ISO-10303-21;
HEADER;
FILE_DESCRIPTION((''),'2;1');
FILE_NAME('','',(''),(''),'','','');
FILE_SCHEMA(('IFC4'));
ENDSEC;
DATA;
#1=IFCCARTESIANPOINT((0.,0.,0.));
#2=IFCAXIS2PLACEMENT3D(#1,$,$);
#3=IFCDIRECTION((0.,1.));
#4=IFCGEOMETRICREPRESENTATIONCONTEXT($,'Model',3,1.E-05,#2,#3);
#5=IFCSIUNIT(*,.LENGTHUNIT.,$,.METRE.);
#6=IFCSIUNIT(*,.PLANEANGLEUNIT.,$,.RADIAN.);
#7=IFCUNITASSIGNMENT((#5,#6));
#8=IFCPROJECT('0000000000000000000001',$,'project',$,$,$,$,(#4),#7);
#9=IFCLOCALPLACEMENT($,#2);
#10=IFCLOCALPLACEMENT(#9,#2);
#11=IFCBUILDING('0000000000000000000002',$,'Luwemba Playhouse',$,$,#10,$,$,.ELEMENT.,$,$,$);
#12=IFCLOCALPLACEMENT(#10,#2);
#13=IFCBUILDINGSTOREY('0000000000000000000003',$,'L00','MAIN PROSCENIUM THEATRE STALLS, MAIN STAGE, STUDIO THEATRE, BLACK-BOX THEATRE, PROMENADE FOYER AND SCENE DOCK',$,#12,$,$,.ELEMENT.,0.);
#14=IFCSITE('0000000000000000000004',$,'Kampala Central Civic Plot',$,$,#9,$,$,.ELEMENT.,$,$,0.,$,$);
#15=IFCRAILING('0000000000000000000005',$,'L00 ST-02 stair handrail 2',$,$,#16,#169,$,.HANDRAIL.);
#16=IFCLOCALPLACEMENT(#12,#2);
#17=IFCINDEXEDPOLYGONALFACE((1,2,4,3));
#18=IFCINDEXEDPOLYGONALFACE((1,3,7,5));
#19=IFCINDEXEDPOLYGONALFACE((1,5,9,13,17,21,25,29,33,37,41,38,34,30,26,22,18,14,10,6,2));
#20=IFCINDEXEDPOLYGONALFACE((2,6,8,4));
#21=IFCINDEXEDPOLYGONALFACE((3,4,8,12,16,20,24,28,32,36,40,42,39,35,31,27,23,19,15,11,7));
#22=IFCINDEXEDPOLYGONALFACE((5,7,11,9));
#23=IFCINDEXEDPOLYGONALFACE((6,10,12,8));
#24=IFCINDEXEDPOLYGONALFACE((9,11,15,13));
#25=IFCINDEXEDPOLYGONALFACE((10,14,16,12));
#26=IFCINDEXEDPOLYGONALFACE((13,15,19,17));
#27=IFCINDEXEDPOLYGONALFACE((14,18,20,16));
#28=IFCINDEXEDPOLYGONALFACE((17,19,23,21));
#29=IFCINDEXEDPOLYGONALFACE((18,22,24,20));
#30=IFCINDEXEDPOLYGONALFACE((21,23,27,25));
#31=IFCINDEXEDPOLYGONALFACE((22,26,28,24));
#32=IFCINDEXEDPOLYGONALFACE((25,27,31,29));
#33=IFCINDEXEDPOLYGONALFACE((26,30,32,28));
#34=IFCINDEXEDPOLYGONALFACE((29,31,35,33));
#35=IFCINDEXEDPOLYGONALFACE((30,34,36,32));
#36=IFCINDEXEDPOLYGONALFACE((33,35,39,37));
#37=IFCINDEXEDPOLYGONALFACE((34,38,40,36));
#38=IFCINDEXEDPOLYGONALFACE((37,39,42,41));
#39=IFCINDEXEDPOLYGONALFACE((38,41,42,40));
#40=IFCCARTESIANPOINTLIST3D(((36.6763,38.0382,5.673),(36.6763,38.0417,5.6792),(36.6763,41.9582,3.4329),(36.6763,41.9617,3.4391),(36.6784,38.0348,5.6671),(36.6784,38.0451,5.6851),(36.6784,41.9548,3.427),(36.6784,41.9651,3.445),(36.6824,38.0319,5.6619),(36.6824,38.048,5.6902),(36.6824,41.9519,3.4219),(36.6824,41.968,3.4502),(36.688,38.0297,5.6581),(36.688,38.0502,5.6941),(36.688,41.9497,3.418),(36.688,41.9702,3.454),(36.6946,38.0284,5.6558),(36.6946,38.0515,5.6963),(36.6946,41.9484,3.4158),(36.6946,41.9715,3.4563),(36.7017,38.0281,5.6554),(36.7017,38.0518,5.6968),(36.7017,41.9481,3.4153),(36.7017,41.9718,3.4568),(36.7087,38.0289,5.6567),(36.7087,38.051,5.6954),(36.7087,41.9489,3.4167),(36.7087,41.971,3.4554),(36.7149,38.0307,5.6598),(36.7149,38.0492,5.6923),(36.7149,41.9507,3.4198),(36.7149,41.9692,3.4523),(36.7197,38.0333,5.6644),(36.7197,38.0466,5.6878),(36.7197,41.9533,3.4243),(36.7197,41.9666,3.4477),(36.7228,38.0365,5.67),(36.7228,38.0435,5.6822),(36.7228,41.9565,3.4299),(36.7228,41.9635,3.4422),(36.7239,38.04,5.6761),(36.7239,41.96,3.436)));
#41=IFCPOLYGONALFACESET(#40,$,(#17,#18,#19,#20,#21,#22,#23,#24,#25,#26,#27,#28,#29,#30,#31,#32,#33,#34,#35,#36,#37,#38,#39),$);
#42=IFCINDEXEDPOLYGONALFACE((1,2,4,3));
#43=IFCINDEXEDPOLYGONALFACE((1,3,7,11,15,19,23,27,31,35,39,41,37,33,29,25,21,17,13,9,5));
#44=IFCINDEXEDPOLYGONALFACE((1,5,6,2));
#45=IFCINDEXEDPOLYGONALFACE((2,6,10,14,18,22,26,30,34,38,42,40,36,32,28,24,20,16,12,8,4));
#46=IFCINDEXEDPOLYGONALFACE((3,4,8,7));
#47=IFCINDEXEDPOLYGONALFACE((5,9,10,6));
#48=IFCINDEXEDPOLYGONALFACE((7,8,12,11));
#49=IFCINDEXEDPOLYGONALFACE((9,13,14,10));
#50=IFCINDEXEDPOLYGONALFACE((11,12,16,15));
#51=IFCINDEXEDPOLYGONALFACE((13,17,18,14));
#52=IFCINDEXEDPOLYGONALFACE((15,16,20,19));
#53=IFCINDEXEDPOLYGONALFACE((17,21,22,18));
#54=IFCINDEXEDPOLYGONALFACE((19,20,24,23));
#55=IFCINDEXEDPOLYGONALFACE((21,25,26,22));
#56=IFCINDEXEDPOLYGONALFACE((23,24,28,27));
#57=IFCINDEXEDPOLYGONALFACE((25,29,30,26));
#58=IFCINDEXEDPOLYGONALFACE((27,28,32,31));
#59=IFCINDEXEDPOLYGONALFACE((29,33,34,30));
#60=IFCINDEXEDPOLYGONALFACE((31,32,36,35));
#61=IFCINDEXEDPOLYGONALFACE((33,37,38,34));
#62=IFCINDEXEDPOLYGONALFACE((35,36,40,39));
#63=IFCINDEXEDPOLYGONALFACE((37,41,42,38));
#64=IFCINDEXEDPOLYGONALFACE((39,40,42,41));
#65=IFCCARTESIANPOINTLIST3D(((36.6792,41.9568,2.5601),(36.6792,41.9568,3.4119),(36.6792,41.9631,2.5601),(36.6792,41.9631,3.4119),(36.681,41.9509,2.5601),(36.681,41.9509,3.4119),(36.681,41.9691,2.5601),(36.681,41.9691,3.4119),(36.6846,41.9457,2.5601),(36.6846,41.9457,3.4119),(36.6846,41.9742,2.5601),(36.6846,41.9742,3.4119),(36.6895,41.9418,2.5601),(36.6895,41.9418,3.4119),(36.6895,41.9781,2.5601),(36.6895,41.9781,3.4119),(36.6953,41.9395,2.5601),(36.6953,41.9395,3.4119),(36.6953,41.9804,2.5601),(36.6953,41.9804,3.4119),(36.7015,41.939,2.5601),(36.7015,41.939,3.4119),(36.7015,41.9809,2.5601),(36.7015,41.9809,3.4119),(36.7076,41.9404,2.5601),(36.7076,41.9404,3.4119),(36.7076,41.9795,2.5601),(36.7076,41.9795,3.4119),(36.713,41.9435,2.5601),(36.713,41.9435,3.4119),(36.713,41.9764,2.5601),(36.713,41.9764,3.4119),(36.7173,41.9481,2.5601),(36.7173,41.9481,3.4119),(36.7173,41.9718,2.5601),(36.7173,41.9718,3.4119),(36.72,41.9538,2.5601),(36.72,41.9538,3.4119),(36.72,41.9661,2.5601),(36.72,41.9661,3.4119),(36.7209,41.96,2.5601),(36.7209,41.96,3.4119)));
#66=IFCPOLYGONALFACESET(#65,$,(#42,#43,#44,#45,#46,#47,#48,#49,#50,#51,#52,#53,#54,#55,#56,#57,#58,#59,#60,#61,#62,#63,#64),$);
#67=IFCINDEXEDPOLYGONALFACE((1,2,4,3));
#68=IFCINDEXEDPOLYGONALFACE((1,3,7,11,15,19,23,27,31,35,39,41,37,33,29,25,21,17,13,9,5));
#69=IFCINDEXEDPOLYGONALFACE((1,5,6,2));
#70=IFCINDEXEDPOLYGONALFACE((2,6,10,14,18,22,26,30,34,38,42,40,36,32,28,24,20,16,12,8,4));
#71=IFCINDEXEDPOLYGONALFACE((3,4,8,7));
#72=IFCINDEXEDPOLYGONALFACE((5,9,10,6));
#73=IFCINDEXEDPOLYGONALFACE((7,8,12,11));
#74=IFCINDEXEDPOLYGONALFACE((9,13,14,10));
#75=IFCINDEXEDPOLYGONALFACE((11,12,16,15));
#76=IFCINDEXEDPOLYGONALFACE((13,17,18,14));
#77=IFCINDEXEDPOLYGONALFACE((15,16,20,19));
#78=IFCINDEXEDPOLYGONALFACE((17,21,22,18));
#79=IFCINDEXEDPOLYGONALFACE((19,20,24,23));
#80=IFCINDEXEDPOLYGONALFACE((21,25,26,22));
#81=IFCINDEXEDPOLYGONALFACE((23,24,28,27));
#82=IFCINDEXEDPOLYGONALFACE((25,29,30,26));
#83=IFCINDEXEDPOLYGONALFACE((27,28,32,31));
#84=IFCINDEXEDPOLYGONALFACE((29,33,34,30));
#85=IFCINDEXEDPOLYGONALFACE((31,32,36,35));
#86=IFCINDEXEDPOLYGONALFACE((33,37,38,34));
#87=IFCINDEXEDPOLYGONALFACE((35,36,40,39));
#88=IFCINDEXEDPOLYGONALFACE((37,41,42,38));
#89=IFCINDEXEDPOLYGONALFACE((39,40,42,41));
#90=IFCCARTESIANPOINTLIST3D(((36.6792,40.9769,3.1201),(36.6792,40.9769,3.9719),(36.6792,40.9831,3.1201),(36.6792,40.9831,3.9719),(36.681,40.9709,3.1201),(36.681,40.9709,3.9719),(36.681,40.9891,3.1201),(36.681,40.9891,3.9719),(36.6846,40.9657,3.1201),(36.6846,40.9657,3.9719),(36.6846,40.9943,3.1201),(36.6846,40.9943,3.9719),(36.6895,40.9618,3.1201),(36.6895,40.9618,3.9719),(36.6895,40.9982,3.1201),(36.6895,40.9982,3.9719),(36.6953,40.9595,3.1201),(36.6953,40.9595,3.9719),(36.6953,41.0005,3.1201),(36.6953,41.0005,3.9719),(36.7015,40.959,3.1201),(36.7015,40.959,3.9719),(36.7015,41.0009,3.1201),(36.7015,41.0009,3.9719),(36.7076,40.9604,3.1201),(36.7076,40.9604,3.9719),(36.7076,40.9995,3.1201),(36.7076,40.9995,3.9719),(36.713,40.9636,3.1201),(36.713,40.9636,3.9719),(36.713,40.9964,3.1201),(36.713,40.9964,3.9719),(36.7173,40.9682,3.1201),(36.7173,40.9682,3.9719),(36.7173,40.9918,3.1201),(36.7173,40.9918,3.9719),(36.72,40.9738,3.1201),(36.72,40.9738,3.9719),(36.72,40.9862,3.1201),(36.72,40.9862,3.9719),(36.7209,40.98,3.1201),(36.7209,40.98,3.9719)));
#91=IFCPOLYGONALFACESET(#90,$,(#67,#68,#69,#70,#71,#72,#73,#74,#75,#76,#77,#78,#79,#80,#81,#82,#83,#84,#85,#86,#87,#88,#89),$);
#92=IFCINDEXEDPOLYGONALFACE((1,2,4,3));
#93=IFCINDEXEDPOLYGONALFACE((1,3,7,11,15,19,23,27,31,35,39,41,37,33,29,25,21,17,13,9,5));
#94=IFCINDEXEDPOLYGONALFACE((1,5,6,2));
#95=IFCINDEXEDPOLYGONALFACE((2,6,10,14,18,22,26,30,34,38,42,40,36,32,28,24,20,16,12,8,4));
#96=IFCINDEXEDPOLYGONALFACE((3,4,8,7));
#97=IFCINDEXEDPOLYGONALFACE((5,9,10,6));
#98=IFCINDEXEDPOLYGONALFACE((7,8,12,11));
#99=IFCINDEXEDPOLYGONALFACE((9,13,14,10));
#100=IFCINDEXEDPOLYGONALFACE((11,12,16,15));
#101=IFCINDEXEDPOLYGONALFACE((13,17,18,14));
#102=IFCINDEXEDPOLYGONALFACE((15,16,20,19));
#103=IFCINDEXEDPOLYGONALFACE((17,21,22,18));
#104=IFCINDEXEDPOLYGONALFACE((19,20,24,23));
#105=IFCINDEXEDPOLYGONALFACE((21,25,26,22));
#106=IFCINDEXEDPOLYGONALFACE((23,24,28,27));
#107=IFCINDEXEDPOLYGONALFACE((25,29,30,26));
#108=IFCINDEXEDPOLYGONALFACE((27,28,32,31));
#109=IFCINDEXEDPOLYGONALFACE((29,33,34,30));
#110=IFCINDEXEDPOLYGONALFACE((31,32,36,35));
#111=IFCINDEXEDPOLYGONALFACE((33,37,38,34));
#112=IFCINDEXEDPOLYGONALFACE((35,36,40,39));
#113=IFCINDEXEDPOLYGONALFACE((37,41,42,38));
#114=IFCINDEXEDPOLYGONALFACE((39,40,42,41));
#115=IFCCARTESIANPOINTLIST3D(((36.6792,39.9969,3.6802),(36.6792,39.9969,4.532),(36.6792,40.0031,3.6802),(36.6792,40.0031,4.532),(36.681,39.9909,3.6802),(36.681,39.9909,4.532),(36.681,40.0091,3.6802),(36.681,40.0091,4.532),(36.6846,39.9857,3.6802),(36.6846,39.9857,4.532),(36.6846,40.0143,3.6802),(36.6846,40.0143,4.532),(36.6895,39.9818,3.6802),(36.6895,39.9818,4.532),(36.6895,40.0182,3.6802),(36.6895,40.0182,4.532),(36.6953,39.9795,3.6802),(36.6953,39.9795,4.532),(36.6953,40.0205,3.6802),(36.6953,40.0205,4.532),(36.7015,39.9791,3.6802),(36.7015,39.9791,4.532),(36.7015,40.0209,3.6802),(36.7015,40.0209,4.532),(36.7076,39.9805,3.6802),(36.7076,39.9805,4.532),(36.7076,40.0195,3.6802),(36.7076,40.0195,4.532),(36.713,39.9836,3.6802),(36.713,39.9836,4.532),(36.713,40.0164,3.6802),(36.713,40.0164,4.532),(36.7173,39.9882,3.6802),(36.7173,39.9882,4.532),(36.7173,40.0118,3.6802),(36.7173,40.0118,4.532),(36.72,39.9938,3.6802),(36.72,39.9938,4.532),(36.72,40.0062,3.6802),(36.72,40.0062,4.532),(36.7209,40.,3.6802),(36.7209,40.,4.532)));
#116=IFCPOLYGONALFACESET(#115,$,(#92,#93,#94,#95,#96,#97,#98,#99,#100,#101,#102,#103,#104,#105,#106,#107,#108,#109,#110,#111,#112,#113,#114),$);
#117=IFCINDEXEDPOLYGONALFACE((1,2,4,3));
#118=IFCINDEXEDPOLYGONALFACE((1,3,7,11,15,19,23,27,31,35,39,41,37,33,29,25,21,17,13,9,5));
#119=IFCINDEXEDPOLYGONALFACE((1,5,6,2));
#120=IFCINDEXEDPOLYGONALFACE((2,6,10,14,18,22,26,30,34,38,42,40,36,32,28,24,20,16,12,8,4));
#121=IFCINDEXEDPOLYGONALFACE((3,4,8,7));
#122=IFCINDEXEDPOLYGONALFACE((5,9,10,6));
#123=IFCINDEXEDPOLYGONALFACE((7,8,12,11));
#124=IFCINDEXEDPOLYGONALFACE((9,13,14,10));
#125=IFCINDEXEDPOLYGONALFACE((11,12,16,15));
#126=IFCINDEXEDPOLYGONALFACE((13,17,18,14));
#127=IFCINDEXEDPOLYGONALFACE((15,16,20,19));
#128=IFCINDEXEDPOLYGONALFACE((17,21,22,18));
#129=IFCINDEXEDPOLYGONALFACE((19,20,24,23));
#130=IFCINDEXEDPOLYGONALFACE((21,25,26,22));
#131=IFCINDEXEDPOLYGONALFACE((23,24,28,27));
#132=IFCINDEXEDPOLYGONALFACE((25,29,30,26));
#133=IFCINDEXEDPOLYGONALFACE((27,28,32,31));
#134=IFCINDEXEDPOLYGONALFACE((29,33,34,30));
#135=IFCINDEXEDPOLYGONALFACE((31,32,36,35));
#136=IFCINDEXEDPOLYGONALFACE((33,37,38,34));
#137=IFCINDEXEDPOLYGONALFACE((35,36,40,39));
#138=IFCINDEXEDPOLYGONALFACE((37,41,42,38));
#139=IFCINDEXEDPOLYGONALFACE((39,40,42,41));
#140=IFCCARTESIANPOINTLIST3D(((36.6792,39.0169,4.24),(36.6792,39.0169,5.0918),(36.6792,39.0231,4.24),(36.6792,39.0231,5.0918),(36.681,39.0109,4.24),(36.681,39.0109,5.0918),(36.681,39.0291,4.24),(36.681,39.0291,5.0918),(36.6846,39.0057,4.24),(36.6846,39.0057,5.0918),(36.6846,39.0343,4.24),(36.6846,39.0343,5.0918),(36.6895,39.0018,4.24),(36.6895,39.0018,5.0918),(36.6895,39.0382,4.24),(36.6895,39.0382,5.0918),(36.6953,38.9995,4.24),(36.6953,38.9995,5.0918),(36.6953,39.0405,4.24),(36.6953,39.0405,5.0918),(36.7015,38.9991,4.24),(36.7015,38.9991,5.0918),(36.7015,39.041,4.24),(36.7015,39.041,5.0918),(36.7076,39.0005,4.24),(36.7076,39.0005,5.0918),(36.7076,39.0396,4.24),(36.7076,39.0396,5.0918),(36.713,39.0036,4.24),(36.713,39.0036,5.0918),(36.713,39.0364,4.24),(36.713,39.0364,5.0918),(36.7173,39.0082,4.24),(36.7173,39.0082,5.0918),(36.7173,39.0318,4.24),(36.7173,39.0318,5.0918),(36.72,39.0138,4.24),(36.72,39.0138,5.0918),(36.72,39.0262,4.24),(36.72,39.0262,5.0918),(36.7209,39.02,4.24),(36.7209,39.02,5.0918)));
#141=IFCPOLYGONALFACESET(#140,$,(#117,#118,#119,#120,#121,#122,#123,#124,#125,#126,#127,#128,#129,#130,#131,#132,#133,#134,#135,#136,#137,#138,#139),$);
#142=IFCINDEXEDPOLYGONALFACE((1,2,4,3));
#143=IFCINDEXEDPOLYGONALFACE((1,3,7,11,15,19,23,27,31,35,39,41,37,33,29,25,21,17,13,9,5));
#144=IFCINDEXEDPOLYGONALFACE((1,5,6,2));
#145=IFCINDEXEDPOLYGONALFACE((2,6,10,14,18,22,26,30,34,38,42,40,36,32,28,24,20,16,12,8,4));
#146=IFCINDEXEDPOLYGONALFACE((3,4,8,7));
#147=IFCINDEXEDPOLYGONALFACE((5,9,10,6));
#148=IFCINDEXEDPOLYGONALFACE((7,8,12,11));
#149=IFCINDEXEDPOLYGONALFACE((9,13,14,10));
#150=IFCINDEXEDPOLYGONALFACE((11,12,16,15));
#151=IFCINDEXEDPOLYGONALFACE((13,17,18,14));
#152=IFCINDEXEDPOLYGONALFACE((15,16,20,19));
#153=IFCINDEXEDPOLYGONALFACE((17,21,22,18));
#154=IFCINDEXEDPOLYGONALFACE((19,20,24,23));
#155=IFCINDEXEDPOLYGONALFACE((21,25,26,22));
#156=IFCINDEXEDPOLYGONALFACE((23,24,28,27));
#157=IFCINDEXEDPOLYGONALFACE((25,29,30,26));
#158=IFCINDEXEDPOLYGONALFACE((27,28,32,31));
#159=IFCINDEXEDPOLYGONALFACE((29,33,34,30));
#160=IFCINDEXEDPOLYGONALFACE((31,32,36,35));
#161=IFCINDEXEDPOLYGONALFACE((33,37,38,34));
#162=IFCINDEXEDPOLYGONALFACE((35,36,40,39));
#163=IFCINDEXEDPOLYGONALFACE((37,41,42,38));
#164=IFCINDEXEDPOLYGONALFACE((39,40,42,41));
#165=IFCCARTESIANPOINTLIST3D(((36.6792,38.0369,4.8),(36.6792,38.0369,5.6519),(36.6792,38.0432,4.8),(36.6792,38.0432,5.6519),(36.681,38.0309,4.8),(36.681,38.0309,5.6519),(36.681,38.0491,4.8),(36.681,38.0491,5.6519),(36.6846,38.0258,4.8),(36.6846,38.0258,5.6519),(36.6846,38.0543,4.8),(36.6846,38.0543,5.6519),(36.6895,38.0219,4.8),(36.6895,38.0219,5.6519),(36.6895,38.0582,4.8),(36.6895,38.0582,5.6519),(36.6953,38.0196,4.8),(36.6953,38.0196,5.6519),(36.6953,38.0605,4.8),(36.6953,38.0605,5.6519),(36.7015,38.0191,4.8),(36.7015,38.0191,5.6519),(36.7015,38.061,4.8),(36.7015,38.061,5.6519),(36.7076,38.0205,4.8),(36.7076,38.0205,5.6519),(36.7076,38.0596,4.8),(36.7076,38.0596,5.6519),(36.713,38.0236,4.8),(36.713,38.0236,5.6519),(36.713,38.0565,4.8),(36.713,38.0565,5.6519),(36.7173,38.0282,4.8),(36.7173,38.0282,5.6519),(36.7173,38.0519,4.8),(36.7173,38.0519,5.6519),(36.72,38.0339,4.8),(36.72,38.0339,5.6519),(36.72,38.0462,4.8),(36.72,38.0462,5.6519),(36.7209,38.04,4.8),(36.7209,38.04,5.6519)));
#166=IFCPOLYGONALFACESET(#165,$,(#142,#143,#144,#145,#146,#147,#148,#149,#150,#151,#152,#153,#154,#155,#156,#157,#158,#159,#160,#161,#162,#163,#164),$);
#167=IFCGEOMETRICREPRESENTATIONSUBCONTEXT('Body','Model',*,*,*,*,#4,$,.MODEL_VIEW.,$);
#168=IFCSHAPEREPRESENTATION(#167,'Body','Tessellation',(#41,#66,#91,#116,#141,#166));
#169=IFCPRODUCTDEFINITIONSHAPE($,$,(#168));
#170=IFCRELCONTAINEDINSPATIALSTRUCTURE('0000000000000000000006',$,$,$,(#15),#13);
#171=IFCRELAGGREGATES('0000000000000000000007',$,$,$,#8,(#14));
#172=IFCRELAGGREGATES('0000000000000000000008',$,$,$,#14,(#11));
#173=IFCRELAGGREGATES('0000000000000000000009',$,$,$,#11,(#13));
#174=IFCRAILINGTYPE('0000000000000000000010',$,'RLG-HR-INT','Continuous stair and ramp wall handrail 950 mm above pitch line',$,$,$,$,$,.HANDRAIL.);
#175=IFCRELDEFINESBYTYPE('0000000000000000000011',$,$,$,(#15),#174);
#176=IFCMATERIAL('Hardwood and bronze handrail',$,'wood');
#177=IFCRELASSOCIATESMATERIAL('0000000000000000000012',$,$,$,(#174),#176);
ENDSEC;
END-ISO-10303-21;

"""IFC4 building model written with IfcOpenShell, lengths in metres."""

from ifc_helpers import new_model, si_unit, direction, frame, origin, origin_2d, place, context, subcontext, project, spatial, circle, extrude, material, type_object, element, save


model = new_model("IFC4")

# Units and contexts
model_context = context("Model", 3, precision=1e-05, world=origin(), true_north=direction((0.0, 1.0)))
body_context = subcontext(model_context, "Body", "Model", "MODEL_VIEW")
ifc_project = project(units=[si_unit("LENGTHUNIT", "METRE"), si_unit("PLANEANGLEUNIT", "RADIAN")], contexts=[model_context])

# Site, building, storey
site_placement = place(None, origin())
site = spatial("IfcSite", under=ifc_project, at=site_placement, Name="Kampala Central Civic Plot", CompositionType="ELEMENT", RefElevation=0.0)
building_placement = place(site_placement, origin())
building = spatial("IfcBuilding", under=site, at=building_placement, Name="Luwemba Playhouse", CompositionType="ELEMENT")
storey_placement = place(building_placement, origin())
storey = spatial("IfcBuildingStorey", under=building, at=storey_placement, Name="L00", Description="MAIN PROSCENIUM THEATRE STALLS, MAIN STAGE, STUDIO THEATRE, BLACK-BOX THEATRE, PROMENADE FOYER AND SCENE DOCK", CompositionType="ELEMENT", Elevation=0.0)

# Railing
ifc_material_1 = material(Name="Hardwood and bronze handrail", Category="wood")
railing_type_1 = type_object("IfcRailingType", Name="RLG-HR-INT", Description="Continuous stair and ramp wall handrail 950 mm above pitch line", PredefinedType="HANDRAIL", material=ifc_material_1)
railing_1_placement = place(storey_placement, frame((36.7, 41.96, 2.5601)))
element("IfcRailing", 1, at=railing_1_placement, inside=storey, type_object=railing_type_1, Name="L00 ST-02 stair handrail 2", PredefinedType="HANDRAIL", context=body_context, shape_type="SweptSolid", body=[
    extrude(circle(Radius=0.0239, at=origin_2d()), frame((0.0, 0.0, 0.876), z_axis=(0.0, -0.86824, 0.496145), x_axis=(1.0, 0.0, 0.0)), (0.0, 0.0, 1.0), 4.5149),
    extrude(circle(Radius=0.021, at=origin_2d()), origin(), (0.0, 0.0, 1.0), 0.8518),
    extrude(circle(Radius=0.021, at=origin_2d()), frame((0.0, -0.98, 0.5601)), (0.0, 0.0, 1.0), 0.8518),
    extrude(circle(Radius=0.021, at=origin_2d()), frame((0.0, -1.96, 1.1201)), (0.0, 0.0, 1.0), 0.8518),
    extrude(circle(Radius=0.021, at=origin_2d()), frame((0.0, -2.9399, 1.6799)), (0.0, 0.0, 1.0), 0.8518),
    extrude(circle(Radius=0.021, at=origin_2d()), frame((0.0, -3.9199, 2.24)), (0.0, 0.0, 1.0), 0.8518),
])

save(model, "model.ifc")
